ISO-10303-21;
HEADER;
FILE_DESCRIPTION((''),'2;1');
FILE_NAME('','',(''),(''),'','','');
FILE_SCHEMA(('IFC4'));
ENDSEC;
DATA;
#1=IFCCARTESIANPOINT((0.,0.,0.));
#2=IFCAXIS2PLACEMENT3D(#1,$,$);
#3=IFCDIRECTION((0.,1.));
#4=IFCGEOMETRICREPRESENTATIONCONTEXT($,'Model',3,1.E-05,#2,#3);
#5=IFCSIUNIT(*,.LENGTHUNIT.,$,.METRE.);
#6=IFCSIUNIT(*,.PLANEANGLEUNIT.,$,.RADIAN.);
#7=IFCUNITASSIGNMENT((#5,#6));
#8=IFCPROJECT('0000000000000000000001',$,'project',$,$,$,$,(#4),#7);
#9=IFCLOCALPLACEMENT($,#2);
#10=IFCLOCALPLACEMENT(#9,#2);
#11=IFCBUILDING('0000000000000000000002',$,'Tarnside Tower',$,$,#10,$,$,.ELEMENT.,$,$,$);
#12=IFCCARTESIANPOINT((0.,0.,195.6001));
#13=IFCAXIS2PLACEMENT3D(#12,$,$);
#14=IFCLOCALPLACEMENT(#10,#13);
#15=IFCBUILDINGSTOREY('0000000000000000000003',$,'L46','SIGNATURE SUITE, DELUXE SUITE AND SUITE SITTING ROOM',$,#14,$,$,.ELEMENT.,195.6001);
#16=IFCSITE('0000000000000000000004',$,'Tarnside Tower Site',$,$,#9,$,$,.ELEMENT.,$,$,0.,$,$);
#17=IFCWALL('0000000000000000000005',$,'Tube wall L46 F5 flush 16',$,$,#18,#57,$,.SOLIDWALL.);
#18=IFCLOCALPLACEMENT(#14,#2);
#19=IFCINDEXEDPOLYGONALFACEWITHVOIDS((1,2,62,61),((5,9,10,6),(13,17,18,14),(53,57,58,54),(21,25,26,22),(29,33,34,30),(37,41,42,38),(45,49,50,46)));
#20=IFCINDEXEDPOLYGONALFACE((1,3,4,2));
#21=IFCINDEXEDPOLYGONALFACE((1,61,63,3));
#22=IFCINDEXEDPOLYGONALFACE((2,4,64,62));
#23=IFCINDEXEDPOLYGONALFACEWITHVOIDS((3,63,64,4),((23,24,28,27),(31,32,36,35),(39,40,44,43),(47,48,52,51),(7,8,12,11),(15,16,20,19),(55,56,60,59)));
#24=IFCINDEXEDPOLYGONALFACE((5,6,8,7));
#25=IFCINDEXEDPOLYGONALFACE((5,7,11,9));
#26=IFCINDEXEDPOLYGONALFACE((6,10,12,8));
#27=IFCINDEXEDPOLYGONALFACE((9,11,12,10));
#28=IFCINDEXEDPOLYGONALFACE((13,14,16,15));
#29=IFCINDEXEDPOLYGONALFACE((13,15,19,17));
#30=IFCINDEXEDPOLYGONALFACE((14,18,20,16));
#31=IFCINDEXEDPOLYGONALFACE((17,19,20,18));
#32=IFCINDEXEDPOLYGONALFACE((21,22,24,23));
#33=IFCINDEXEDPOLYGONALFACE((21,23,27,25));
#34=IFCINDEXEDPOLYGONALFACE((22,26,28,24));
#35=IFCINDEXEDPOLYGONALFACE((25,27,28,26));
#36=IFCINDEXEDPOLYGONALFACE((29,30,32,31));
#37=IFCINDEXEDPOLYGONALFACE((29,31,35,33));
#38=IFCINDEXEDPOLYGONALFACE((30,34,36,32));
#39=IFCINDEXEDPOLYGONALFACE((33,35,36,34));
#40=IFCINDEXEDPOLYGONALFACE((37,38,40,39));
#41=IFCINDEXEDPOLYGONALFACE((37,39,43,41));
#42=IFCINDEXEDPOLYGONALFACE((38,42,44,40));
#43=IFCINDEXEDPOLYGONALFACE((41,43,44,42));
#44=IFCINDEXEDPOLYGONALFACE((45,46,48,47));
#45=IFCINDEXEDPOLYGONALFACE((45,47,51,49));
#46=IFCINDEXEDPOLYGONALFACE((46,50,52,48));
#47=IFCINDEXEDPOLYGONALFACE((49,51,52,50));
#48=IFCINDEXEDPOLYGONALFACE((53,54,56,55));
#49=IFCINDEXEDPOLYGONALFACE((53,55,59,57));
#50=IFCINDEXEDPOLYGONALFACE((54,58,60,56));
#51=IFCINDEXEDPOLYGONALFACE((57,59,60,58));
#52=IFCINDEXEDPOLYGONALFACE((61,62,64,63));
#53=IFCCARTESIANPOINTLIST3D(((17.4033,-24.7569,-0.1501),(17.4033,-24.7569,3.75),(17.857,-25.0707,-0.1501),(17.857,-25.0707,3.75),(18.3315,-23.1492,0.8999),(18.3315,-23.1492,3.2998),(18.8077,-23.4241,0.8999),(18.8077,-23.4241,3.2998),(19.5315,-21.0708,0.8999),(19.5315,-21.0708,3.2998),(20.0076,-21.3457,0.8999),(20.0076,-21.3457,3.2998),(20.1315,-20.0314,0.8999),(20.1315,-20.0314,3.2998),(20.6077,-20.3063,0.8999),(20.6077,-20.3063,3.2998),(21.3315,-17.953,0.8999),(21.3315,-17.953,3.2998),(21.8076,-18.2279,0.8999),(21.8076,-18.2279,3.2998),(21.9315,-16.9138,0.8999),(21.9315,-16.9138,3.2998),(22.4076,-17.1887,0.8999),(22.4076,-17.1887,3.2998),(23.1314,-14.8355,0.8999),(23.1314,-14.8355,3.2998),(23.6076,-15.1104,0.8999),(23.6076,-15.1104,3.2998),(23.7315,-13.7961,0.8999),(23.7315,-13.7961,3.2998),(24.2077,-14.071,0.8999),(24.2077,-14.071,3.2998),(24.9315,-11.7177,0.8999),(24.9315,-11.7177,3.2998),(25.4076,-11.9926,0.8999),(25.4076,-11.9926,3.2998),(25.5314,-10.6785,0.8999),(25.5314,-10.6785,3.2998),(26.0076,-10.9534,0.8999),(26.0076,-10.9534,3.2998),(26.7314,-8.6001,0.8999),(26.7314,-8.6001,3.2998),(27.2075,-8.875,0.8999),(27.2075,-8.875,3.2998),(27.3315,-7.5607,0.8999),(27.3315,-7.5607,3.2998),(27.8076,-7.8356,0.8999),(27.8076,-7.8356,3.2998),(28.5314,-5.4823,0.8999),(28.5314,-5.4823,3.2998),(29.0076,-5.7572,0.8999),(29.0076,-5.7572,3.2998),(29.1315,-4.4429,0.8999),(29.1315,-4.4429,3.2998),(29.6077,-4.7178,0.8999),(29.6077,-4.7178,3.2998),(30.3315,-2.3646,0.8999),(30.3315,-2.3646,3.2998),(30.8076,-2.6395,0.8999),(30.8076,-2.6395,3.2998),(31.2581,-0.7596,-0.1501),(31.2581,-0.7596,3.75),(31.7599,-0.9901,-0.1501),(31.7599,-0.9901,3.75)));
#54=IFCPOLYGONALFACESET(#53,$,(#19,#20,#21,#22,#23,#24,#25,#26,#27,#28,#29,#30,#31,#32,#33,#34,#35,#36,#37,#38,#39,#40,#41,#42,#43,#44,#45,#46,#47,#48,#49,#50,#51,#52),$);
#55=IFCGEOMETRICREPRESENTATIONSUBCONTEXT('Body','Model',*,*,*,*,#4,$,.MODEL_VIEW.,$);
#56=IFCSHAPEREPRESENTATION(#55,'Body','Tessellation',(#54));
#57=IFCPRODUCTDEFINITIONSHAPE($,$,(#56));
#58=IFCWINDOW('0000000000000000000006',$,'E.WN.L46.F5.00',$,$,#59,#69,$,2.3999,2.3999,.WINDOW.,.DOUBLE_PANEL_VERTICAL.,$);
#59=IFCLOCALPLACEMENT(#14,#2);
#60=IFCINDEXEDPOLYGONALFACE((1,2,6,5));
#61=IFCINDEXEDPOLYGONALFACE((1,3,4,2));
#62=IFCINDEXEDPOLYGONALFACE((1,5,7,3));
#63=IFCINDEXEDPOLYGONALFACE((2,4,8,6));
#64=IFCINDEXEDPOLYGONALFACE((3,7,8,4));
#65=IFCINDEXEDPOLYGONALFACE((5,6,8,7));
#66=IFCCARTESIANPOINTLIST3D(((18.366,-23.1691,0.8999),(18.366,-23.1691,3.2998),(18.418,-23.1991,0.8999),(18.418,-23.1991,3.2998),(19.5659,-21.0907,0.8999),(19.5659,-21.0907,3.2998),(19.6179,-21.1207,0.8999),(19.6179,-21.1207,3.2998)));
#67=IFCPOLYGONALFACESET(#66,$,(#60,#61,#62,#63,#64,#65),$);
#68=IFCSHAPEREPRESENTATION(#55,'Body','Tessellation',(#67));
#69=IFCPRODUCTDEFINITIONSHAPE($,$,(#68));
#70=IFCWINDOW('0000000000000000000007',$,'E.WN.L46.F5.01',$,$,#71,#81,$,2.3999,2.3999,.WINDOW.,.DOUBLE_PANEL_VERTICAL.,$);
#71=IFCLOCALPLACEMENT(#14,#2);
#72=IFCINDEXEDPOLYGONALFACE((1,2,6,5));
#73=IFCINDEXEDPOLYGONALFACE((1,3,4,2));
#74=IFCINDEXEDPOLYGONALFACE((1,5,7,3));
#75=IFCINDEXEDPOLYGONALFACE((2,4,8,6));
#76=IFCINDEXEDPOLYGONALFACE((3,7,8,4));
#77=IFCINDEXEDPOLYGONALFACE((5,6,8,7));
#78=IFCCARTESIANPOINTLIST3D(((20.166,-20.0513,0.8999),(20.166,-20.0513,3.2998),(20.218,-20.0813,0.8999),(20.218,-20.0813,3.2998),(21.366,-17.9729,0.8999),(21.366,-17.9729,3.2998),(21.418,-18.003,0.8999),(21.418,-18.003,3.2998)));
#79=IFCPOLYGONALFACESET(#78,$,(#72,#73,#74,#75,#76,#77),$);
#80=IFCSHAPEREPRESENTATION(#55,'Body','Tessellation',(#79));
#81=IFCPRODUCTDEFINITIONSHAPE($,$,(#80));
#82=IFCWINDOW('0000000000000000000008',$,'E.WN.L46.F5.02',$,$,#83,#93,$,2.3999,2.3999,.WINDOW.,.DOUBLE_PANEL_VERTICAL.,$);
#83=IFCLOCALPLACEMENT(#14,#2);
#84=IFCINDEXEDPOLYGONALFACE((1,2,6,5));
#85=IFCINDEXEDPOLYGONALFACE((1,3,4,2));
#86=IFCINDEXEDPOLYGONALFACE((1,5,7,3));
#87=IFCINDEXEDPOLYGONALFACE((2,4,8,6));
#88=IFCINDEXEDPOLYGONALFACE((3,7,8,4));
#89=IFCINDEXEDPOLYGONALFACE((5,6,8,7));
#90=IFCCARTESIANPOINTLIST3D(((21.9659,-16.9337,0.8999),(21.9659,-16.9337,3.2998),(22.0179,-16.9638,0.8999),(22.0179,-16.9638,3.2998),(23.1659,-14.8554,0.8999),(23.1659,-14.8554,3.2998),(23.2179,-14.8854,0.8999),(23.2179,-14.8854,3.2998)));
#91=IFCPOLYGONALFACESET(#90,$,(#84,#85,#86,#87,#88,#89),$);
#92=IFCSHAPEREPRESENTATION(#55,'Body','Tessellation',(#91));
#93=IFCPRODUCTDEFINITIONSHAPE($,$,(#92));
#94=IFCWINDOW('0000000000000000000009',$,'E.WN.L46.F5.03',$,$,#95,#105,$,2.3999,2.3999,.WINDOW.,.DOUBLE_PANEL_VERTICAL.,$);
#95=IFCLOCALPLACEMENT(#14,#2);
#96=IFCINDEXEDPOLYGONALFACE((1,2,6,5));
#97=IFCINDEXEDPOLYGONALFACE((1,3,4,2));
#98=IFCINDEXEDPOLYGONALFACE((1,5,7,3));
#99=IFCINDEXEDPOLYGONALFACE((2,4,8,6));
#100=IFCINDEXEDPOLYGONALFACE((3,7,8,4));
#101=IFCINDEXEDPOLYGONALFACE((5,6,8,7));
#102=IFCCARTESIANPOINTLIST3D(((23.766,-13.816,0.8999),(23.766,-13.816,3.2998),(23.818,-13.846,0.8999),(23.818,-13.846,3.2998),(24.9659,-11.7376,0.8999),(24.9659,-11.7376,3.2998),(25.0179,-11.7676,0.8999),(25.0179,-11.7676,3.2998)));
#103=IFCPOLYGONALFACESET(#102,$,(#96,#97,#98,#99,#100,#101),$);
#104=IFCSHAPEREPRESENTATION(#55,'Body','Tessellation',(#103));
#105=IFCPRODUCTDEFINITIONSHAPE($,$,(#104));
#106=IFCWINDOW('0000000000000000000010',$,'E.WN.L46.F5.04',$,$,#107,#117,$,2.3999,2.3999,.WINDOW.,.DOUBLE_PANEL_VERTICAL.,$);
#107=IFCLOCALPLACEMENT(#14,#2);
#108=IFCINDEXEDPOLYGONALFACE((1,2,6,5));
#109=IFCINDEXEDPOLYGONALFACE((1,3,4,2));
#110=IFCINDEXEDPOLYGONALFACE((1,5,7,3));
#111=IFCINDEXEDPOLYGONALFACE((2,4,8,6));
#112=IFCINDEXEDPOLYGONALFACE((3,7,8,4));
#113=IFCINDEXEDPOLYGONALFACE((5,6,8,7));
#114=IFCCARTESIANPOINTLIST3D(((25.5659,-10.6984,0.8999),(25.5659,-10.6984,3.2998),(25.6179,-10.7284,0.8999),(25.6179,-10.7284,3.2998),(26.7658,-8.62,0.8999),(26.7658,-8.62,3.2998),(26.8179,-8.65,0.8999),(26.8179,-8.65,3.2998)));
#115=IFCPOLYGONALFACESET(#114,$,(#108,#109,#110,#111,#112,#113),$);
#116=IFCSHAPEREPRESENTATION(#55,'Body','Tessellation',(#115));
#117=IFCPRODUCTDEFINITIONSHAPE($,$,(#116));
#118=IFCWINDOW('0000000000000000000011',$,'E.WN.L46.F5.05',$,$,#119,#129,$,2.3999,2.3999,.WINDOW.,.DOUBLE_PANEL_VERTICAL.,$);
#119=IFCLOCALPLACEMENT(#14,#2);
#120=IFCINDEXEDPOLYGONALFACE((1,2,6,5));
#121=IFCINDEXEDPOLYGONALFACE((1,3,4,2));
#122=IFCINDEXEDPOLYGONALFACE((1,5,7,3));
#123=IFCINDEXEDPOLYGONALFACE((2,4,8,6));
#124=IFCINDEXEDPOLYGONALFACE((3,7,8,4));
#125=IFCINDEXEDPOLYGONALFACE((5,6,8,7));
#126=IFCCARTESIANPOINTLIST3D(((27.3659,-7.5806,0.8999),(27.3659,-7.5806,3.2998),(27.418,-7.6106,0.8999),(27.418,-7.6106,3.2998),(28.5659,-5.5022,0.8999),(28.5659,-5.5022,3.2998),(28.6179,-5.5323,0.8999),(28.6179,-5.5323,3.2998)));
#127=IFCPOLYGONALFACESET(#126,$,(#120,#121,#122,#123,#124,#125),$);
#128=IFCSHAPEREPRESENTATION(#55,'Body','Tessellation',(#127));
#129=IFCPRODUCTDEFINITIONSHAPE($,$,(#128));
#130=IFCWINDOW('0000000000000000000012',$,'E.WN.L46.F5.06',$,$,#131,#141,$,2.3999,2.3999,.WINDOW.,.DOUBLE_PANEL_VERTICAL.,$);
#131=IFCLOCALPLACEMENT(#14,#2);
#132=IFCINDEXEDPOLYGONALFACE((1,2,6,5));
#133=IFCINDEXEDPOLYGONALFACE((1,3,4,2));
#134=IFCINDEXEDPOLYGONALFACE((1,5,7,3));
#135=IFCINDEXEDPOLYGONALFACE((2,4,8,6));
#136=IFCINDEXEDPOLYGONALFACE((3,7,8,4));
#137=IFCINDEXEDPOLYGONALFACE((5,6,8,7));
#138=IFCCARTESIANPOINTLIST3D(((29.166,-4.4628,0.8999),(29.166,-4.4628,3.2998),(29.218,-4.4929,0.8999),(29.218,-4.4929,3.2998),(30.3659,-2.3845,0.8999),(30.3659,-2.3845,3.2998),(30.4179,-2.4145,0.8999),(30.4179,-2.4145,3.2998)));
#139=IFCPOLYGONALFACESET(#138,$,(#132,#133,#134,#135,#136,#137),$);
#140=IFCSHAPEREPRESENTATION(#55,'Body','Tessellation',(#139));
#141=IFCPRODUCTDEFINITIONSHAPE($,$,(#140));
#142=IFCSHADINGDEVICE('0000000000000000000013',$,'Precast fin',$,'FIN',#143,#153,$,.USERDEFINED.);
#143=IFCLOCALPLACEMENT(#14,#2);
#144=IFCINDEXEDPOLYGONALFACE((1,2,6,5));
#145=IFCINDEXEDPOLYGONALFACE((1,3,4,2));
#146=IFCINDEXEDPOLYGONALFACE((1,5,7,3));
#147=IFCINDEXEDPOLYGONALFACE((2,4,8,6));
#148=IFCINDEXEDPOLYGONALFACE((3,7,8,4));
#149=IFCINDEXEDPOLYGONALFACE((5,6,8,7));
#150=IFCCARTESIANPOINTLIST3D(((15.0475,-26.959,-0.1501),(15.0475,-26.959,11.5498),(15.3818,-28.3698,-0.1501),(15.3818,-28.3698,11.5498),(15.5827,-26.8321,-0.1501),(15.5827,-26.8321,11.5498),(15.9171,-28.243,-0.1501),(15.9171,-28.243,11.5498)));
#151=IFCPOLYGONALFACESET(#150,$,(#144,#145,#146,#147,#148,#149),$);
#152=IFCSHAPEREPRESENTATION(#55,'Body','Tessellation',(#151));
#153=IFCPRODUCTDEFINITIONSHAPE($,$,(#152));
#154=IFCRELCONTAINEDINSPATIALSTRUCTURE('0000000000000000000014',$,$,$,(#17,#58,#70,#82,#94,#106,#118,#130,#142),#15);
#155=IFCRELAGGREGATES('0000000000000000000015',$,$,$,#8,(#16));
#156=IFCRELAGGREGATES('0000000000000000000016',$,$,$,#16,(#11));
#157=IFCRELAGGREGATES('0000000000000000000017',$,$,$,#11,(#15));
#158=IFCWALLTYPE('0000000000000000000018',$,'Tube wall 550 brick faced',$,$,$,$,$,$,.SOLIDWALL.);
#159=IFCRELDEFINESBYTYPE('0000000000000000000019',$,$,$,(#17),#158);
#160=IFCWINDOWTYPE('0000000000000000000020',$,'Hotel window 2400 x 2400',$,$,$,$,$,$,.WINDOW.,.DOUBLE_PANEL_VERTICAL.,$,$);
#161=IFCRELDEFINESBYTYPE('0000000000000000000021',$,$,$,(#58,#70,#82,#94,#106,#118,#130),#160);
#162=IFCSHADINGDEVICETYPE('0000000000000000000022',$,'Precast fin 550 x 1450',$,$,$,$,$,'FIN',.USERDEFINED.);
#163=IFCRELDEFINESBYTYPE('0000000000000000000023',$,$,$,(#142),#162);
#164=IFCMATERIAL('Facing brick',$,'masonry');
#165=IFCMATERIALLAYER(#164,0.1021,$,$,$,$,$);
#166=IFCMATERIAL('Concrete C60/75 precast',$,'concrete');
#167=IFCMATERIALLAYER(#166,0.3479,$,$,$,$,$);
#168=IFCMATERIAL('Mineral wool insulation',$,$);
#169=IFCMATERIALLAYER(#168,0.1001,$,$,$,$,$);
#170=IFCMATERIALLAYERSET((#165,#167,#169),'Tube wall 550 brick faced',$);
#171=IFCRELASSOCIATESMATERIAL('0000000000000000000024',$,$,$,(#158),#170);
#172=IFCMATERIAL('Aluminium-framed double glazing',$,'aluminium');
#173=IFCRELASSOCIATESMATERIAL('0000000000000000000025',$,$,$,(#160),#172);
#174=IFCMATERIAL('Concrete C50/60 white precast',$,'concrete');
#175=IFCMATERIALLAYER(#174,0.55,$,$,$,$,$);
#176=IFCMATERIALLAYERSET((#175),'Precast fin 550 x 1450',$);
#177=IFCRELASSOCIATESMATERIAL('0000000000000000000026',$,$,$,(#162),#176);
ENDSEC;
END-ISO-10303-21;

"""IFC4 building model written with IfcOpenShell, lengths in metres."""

from ifc_helpers import new_model, si_unit, direction, frame, frame_2d, origin, place, context, subcontext, project, spatial, polyline, rectangle, outline, extrude, material, layer, layer_set, type_object, element, fill, save


model = new_model("IFC4")

# Units and contexts
model_context = context("Model", 3, precision=1e-05, world=origin(), true_north=direction((0.0, 1.0)))
body_context = subcontext(model_context, "Body", "Model", "MODEL_VIEW")
ifc_project = project(units=[si_unit("LENGTHUNIT", "METRE"), si_unit("PLANEANGLEUNIT", "RADIAN")], contexts=[model_context])

# Site, building, storey
site_placement = place(None, origin())
site = spatial("IfcSite", under=ifc_project, at=site_placement, Name="Tarnside Tower Site", CompositionType="ELEMENT", RefElevation=0.0)
building_placement = place(site_placement, origin())
building = spatial("IfcBuilding", under=site, at=building_placement, Name="Tarnside Tower", CompositionType="ELEMENT")
storey_placement = place(building_placement, frame((0.0, 0.0, 195.6001)))
storey = spatial("IfcBuildingStorey", under=building, at=storey_placement, Name="L46", Description="SIGNATURE SUITE, DELUXE SUITE AND SUITE SITTING ROOM", CompositionType="ELEMENT", Elevation=195.6001)

# Shared definitions
ifc_material_1 = material(Name="Facing brick", Category="masonry")
ifc_layer_1 = layer(ifc_material_1, 0.1021)
ifc_material_2 = material(Name="Concrete C60/75 precast", Category="concrete")
ifc_layer_2 = layer(ifc_material_2, 0.3479)
ifc_material_3 = material(Name="Mineral wool insulation")
ifc_layer_3 = layer(ifc_material_3, 0.1001)
ifc_layer_set_1 = layer_set([ifc_layer_1, ifc_layer_2, ifc_layer_3], Name="Tube wall 550 brick faced")
wall_type_1 = type_object("IfcWallType", Name="Tube wall 550 brick faced", PredefinedType="SOLIDWALL", material=ifc_layer_set_1)

# Wall, openings, windows
wall_1_placement = place(storey_placement, frame((17.6301, -24.9138, -0.1501), z_axis=(0.0, 0.0, 1.0), x_axis=(0.499999, 0.866026, 0.0)))
wall_1 = element("IfcWall", 1, at=wall_1_placement, inside=storey, type_object=wall_type_1, Name="Tube wall L46 F5 flush 16", PredefinedType="SOLIDWALL", context=body_context, shape_type="SweptSolid", body=[
    extrude(outline(polyline([(-0.0225, -0.2749), (27.7834, -0.2749), (27.7322, 0.2749), (0.0225, 0.2749), (-0.0225, -0.2749)])), origin(), (0.0, 0.0, 1.0), 3.9001),
])
opening_1_placement = place(wall_1_placement, frame((1.8789, 0.0, 1.05)))
opening_1 = element("IfcOpeningElement", 2, at=opening_1_placement, cuts=wall_1, PredefinedType="OPENING", context=body_context, shape_type="SweptSolid", body=[
    extrude(rectangle(XDim=2.3999, YDim=2.3999, at=frame_2d((1.2, 1.2))), frame((0.0, 0.2852, 0.0), z_axis=(0.0, -1.0, 0.0), x_axis=(1.0, 0.0, 0.0)), (0.0, 0.0, 1.0), 0.5701),
])
opening_2_placement = place(wall_1_placement, frame((5.479, 0.0, 1.05)))
opening_2 = element("IfcOpeningElement", 3, at=opening_2_placement, cuts=wall_1, PredefinedType="OPENING", context=body_context, shape_type="SweptSolid", body=[
    extrude(rectangle(XDim=2.3999, YDim=2.3999, at=frame_2d((1.2, 1.2))), frame((0.0, 0.2852, 0.0), z_axis=(0.0, -1.0, 0.0), x_axis=(1.0, 0.0, 0.0)), (0.0, 0.0, 1.0), 0.5701),
])
opening_3_placement = place(wall_1_placement, frame((9.0789, 0.0, 1.05)))
opening_3 = element("IfcOpeningElement", 4, at=opening_3_placement, cuts=wall_1, PredefinedType="OPENING", context=body_context, shape_type="SweptSolid", body=[
    extrude(rectangle(XDim=2.3999, YDim=2.3999, at=frame_2d((1.2, 1.2))), frame((0.0, 0.2852, 0.0), z_axis=(0.0, -1.0, 0.0), x_axis=(1.0, 0.0, 0.0)), (0.0, 0.0, 1.0), 0.5701),
])
opening_4_placement = place(wall_1_placement, frame((12.679, 0.0, 1.05)))
opening_4 = element("IfcOpeningElement", 5, at=opening_4_placement, cuts=wall_1, PredefinedType="OPENING", context=body_context, shape_type="SweptSolid", body=[
    extrude(rectangle(XDim=2.3999, YDim=2.3999, at=frame_2d((1.2, 1.2))), frame((0.0, 0.2852, 0.0), z_axis=(0.0, -1.0, 0.0), x_axis=(1.0, 0.0, 0.0)), (0.0, 0.0, 1.0), 0.5701),
])
opening_5_placement = place(wall_1_placement, frame((16.2788, 0.0, 1.05)))
opening_5 = element("IfcOpeningElement", 6, at=opening_5_placement, cuts=wall_1, PredefinedType="OPENING", context=body_context, shape_type="SweptSolid", body=[
    extrude(rectangle(XDim=2.3999, YDim=2.3999, at=frame_2d((1.2, 1.2))), frame((0.0, 0.2852, 0.0), z_axis=(0.0, -1.0, 0.0), x_axis=(1.0, 0.0, 0.0)), (0.0, 0.0, 1.0), 0.5701),
])
opening_6_placement = place(wall_1_placement, frame((19.8789, 0.0, 1.05)))
opening_6 = element("IfcOpeningElement", 7, at=opening_6_placement, cuts=wall_1, PredefinedType="OPENING", context=body_context, shape_type="SweptSolid", body=[
    extrude(rectangle(XDim=2.3999, YDim=2.3999, at=frame_2d((1.2, 1.2))), frame((0.0, 0.2852, 0.0), z_axis=(0.0, -1.0, 0.0), x_axis=(1.0, 0.0, 0.0)), (0.0, 0.0, 1.0), 0.5701),
])
opening_7_placement = place(wall_1_placement, frame((23.479, 0.0, 1.05)))
opening_7 = element("IfcOpeningElement", 8, at=opening_7_placement, cuts=wall_1, PredefinedType="OPENING", context=body_context, shape_type="SweptSolid", body=[
    extrude(rectangle(XDim=2.3999, YDim=2.3999, at=frame_2d((1.2, 1.2))), frame((0.0, 0.2852, 0.0), z_axis=(0.0, -1.0, 0.0), x_axis=(1.0, 0.0, 0.0)), (0.0, 0.0, 1.0), 0.5701),
])
ifc_material_4 = material(Name="Aluminium-framed double glazing", Category="aluminium")
window_type = type_object("IfcWindowType", Name="Hotel window 2400 x 2400", PartitioningType="DOUBLE_PANEL_VERTICAL", PredefinedType="WINDOW", material=ifc_material_4)
window_1_placement = place(opening_1_placement, frame((0.0, 0.2051, 0.0)))
window_1 = element("IfcWindow", 9, at=window_1_placement, inside=storey, type_object=window_type, Name="E.WN.L46.F5.00", OverallHeight=2.3999, OverallWidth=2.3999, PartitioningType="DOUBLE_PANEL_VERTICAL", PredefinedType="WINDOW", context=body_context, shape_type="SweptSolid", body=[
    extrude(rectangle(XDim=2.3999, YDim=2.3999, at=frame_2d((1.2, 1.2))), frame((0.0, 0.03, 0.0), z_axis=(0.0, -1.0, 0.0), x_axis=(1.0, 0.0, 0.0)), (0.0, 0.0, 1.0), 0.0601),
])
fill(opening_1, window_1)
window_2_placement = place(opening_2_placement, frame((0.0, 0.2051, 0.0)))
window_2 = element("IfcWindow", 10, at=window_2_placement, inside=storey, type_object=window_type, Name="E.WN.L46.F5.01", OverallHeight=2.3999, OverallWidth=2.3999, PartitioningType="DOUBLE_PANEL_VERTICAL", PredefinedType="WINDOW", context=body_context, shape_type="SweptSolid", body=[
    extrude(rectangle(XDim=2.3999, YDim=2.3999, at=frame_2d((1.2, 1.2))), frame((0.0, 0.03, 0.0), z_axis=(0.0, -1.0, 0.0), x_axis=(1.0, 0.0, 0.0)), (0.0, 0.0, 1.0), 0.0601),
])
fill(opening_2, window_2)
window_3_placement = place(opening_3_placement, frame((0.0, 0.2051, 0.0)))
window_3 = element("IfcWindow", 11, at=window_3_placement, inside=storey, type_object=window_type, Name="E.WN.L46.F5.02", OverallHeight=2.3999, OverallWidth=2.3999, PartitioningType="DOUBLE_PANEL_VERTICAL", PredefinedType="WINDOW", context=body_context, shape_type="SweptSolid", body=[
    extrude(rectangle(XDim=2.3999, YDim=2.3999, at=frame_2d((1.2, 1.2))), frame((0.0, 0.03, 0.0), z_axis=(0.0, -1.0, 0.0), x_axis=(1.0, 0.0, 0.0)), (0.0, 0.0, 1.0), 0.0601),
])
fill(opening_3, window_3)
window_4_placement = place(opening_4_placement, frame((0.0, 0.2051, 0.0)))
window_4 = element("IfcWindow", 12, at=window_4_placement, inside=storey, type_object=window_type, Name="E.WN.L46.F5.03", OverallHeight=2.3999, OverallWidth=2.3999, PartitioningType="DOUBLE_PANEL_VERTICAL", PredefinedType="WINDOW", context=body_context, shape_type="SweptSolid", body=[
    extrude(rectangle(XDim=2.3999, YDim=2.3999, at=frame_2d((1.2, 1.2))), frame((0.0, 0.03, 0.0), z_axis=(0.0, -1.0, 0.0), x_axis=(1.0, 0.0, 0.0)), (0.0, 0.0, 1.0), 0.0601),
])
fill(opening_4, window_4)
window_5_placement = place(opening_5_placement, frame((0.0, 0.2051, 0.0)))
window_5 = element("IfcWindow", 13, at=window_5_placement, inside=storey, type_object=window_type, Name="E.WN.L46.F5.04", OverallHeight=2.3999, OverallWidth=2.3999, PartitioningType="DOUBLE_PANEL_VERTICAL", PredefinedType="WINDOW", context=body_context, shape_type="SweptSolid", body=[
    extrude(rectangle(XDim=2.3999, YDim=2.3999, at=frame_2d((1.2, 1.2))), frame((0.0, 0.03, 0.0), z_axis=(0.0, -1.0, 0.0), x_axis=(1.0, 0.0, 0.0)), (0.0, 0.0, 1.0), 0.0601),
])
fill(opening_5, window_5)
window_6_placement = place(opening_6_placement, frame((0.0, 0.2051, 0.0)))
window_6 = element("IfcWindow", 14, at=window_6_placement, inside=storey, type_object=window_type, Name="E.WN.L46.F5.05", OverallHeight=2.3999, OverallWidth=2.3999, PartitioningType="DOUBLE_PANEL_VERTICAL", PredefinedType="WINDOW", context=body_context, shape_type="SweptSolid", body=[
    extrude(rectangle(XDim=2.3999, YDim=2.3999, at=frame_2d((1.2, 1.2))), frame((0.0, 0.03, 0.0), z_axis=(0.0, -1.0, 0.0), x_axis=(1.0, 0.0, 0.0)), (0.0, 0.0, 1.0), 0.0601),
])
fill(opening_6, window_6)
window_7_placement = place(opening_7_placement, frame((0.0, 0.2051, 0.0)))
window_7 = element("IfcWindow", 15, at=window_7_placement, inside=storey, type_object=window_type, Name="E.WN.L46.F5.06", OverallHeight=2.3999, OverallWidth=2.3999, PartitioningType="DOUBLE_PANEL_VERTICAL", PredefinedType="WINDOW", context=body_context, shape_type="SweptSolid", body=[
    extrude(rectangle(XDim=2.3999, YDim=2.3999, at=frame_2d((1.2, 1.2))), frame((0.0, 0.03, 0.0), z_axis=(0.0, -1.0, 0.0), x_axis=(1.0, 0.0, 0.0)), (0.0, 0.0, 1.0), 0.0601),
])
fill(opening_7, window_7)

# Shading device
ifc_material_5 = material(Name="Concrete C50/60 white precast", Category="concrete")
ifc_layer_4 = layer(ifc_material_5, 0.55)
ifc_layer_set_2 = layer_set([ifc_layer_4], Name="Precast fin 550 x 1450")
shading_device_type_1 = type_object("IfcShadingDeviceType", Name="Precast fin 550 x 1450", ElementType="FIN", PredefinedType="USERDEFINED", material=ifc_layer_set_2)
for number, where, z_axis, x_axis, name in (
    (16, (15.3152, -26.8955, -0.1501), (-0.973045, -0.230616, 0.0), (0.230616, -0.973045, 0.0), "Precast fin"),
):
    element("IfcShadingDevice", number, at=place(storey_placement, frame(where, z_axis=z_axis, x_axis=x_axis)), inside=storey, type_object=shading_device_type_1, Name=name, ObjectType="FIN", PredefinedType="USERDEFINED", context=body_context, shape_type="SweptSolid", body=[
        extrude(outline(polyline([(0.0, 0.0), (1.45, 0.0), (1.45, 11.7), (0.0, 11.7), (0.0, 0.0)])), frame((0.0, 0.0, -0.2749)), (0.0, 0.0, 1.0), 0.55),
    ])

save(model, "model.ifc")
